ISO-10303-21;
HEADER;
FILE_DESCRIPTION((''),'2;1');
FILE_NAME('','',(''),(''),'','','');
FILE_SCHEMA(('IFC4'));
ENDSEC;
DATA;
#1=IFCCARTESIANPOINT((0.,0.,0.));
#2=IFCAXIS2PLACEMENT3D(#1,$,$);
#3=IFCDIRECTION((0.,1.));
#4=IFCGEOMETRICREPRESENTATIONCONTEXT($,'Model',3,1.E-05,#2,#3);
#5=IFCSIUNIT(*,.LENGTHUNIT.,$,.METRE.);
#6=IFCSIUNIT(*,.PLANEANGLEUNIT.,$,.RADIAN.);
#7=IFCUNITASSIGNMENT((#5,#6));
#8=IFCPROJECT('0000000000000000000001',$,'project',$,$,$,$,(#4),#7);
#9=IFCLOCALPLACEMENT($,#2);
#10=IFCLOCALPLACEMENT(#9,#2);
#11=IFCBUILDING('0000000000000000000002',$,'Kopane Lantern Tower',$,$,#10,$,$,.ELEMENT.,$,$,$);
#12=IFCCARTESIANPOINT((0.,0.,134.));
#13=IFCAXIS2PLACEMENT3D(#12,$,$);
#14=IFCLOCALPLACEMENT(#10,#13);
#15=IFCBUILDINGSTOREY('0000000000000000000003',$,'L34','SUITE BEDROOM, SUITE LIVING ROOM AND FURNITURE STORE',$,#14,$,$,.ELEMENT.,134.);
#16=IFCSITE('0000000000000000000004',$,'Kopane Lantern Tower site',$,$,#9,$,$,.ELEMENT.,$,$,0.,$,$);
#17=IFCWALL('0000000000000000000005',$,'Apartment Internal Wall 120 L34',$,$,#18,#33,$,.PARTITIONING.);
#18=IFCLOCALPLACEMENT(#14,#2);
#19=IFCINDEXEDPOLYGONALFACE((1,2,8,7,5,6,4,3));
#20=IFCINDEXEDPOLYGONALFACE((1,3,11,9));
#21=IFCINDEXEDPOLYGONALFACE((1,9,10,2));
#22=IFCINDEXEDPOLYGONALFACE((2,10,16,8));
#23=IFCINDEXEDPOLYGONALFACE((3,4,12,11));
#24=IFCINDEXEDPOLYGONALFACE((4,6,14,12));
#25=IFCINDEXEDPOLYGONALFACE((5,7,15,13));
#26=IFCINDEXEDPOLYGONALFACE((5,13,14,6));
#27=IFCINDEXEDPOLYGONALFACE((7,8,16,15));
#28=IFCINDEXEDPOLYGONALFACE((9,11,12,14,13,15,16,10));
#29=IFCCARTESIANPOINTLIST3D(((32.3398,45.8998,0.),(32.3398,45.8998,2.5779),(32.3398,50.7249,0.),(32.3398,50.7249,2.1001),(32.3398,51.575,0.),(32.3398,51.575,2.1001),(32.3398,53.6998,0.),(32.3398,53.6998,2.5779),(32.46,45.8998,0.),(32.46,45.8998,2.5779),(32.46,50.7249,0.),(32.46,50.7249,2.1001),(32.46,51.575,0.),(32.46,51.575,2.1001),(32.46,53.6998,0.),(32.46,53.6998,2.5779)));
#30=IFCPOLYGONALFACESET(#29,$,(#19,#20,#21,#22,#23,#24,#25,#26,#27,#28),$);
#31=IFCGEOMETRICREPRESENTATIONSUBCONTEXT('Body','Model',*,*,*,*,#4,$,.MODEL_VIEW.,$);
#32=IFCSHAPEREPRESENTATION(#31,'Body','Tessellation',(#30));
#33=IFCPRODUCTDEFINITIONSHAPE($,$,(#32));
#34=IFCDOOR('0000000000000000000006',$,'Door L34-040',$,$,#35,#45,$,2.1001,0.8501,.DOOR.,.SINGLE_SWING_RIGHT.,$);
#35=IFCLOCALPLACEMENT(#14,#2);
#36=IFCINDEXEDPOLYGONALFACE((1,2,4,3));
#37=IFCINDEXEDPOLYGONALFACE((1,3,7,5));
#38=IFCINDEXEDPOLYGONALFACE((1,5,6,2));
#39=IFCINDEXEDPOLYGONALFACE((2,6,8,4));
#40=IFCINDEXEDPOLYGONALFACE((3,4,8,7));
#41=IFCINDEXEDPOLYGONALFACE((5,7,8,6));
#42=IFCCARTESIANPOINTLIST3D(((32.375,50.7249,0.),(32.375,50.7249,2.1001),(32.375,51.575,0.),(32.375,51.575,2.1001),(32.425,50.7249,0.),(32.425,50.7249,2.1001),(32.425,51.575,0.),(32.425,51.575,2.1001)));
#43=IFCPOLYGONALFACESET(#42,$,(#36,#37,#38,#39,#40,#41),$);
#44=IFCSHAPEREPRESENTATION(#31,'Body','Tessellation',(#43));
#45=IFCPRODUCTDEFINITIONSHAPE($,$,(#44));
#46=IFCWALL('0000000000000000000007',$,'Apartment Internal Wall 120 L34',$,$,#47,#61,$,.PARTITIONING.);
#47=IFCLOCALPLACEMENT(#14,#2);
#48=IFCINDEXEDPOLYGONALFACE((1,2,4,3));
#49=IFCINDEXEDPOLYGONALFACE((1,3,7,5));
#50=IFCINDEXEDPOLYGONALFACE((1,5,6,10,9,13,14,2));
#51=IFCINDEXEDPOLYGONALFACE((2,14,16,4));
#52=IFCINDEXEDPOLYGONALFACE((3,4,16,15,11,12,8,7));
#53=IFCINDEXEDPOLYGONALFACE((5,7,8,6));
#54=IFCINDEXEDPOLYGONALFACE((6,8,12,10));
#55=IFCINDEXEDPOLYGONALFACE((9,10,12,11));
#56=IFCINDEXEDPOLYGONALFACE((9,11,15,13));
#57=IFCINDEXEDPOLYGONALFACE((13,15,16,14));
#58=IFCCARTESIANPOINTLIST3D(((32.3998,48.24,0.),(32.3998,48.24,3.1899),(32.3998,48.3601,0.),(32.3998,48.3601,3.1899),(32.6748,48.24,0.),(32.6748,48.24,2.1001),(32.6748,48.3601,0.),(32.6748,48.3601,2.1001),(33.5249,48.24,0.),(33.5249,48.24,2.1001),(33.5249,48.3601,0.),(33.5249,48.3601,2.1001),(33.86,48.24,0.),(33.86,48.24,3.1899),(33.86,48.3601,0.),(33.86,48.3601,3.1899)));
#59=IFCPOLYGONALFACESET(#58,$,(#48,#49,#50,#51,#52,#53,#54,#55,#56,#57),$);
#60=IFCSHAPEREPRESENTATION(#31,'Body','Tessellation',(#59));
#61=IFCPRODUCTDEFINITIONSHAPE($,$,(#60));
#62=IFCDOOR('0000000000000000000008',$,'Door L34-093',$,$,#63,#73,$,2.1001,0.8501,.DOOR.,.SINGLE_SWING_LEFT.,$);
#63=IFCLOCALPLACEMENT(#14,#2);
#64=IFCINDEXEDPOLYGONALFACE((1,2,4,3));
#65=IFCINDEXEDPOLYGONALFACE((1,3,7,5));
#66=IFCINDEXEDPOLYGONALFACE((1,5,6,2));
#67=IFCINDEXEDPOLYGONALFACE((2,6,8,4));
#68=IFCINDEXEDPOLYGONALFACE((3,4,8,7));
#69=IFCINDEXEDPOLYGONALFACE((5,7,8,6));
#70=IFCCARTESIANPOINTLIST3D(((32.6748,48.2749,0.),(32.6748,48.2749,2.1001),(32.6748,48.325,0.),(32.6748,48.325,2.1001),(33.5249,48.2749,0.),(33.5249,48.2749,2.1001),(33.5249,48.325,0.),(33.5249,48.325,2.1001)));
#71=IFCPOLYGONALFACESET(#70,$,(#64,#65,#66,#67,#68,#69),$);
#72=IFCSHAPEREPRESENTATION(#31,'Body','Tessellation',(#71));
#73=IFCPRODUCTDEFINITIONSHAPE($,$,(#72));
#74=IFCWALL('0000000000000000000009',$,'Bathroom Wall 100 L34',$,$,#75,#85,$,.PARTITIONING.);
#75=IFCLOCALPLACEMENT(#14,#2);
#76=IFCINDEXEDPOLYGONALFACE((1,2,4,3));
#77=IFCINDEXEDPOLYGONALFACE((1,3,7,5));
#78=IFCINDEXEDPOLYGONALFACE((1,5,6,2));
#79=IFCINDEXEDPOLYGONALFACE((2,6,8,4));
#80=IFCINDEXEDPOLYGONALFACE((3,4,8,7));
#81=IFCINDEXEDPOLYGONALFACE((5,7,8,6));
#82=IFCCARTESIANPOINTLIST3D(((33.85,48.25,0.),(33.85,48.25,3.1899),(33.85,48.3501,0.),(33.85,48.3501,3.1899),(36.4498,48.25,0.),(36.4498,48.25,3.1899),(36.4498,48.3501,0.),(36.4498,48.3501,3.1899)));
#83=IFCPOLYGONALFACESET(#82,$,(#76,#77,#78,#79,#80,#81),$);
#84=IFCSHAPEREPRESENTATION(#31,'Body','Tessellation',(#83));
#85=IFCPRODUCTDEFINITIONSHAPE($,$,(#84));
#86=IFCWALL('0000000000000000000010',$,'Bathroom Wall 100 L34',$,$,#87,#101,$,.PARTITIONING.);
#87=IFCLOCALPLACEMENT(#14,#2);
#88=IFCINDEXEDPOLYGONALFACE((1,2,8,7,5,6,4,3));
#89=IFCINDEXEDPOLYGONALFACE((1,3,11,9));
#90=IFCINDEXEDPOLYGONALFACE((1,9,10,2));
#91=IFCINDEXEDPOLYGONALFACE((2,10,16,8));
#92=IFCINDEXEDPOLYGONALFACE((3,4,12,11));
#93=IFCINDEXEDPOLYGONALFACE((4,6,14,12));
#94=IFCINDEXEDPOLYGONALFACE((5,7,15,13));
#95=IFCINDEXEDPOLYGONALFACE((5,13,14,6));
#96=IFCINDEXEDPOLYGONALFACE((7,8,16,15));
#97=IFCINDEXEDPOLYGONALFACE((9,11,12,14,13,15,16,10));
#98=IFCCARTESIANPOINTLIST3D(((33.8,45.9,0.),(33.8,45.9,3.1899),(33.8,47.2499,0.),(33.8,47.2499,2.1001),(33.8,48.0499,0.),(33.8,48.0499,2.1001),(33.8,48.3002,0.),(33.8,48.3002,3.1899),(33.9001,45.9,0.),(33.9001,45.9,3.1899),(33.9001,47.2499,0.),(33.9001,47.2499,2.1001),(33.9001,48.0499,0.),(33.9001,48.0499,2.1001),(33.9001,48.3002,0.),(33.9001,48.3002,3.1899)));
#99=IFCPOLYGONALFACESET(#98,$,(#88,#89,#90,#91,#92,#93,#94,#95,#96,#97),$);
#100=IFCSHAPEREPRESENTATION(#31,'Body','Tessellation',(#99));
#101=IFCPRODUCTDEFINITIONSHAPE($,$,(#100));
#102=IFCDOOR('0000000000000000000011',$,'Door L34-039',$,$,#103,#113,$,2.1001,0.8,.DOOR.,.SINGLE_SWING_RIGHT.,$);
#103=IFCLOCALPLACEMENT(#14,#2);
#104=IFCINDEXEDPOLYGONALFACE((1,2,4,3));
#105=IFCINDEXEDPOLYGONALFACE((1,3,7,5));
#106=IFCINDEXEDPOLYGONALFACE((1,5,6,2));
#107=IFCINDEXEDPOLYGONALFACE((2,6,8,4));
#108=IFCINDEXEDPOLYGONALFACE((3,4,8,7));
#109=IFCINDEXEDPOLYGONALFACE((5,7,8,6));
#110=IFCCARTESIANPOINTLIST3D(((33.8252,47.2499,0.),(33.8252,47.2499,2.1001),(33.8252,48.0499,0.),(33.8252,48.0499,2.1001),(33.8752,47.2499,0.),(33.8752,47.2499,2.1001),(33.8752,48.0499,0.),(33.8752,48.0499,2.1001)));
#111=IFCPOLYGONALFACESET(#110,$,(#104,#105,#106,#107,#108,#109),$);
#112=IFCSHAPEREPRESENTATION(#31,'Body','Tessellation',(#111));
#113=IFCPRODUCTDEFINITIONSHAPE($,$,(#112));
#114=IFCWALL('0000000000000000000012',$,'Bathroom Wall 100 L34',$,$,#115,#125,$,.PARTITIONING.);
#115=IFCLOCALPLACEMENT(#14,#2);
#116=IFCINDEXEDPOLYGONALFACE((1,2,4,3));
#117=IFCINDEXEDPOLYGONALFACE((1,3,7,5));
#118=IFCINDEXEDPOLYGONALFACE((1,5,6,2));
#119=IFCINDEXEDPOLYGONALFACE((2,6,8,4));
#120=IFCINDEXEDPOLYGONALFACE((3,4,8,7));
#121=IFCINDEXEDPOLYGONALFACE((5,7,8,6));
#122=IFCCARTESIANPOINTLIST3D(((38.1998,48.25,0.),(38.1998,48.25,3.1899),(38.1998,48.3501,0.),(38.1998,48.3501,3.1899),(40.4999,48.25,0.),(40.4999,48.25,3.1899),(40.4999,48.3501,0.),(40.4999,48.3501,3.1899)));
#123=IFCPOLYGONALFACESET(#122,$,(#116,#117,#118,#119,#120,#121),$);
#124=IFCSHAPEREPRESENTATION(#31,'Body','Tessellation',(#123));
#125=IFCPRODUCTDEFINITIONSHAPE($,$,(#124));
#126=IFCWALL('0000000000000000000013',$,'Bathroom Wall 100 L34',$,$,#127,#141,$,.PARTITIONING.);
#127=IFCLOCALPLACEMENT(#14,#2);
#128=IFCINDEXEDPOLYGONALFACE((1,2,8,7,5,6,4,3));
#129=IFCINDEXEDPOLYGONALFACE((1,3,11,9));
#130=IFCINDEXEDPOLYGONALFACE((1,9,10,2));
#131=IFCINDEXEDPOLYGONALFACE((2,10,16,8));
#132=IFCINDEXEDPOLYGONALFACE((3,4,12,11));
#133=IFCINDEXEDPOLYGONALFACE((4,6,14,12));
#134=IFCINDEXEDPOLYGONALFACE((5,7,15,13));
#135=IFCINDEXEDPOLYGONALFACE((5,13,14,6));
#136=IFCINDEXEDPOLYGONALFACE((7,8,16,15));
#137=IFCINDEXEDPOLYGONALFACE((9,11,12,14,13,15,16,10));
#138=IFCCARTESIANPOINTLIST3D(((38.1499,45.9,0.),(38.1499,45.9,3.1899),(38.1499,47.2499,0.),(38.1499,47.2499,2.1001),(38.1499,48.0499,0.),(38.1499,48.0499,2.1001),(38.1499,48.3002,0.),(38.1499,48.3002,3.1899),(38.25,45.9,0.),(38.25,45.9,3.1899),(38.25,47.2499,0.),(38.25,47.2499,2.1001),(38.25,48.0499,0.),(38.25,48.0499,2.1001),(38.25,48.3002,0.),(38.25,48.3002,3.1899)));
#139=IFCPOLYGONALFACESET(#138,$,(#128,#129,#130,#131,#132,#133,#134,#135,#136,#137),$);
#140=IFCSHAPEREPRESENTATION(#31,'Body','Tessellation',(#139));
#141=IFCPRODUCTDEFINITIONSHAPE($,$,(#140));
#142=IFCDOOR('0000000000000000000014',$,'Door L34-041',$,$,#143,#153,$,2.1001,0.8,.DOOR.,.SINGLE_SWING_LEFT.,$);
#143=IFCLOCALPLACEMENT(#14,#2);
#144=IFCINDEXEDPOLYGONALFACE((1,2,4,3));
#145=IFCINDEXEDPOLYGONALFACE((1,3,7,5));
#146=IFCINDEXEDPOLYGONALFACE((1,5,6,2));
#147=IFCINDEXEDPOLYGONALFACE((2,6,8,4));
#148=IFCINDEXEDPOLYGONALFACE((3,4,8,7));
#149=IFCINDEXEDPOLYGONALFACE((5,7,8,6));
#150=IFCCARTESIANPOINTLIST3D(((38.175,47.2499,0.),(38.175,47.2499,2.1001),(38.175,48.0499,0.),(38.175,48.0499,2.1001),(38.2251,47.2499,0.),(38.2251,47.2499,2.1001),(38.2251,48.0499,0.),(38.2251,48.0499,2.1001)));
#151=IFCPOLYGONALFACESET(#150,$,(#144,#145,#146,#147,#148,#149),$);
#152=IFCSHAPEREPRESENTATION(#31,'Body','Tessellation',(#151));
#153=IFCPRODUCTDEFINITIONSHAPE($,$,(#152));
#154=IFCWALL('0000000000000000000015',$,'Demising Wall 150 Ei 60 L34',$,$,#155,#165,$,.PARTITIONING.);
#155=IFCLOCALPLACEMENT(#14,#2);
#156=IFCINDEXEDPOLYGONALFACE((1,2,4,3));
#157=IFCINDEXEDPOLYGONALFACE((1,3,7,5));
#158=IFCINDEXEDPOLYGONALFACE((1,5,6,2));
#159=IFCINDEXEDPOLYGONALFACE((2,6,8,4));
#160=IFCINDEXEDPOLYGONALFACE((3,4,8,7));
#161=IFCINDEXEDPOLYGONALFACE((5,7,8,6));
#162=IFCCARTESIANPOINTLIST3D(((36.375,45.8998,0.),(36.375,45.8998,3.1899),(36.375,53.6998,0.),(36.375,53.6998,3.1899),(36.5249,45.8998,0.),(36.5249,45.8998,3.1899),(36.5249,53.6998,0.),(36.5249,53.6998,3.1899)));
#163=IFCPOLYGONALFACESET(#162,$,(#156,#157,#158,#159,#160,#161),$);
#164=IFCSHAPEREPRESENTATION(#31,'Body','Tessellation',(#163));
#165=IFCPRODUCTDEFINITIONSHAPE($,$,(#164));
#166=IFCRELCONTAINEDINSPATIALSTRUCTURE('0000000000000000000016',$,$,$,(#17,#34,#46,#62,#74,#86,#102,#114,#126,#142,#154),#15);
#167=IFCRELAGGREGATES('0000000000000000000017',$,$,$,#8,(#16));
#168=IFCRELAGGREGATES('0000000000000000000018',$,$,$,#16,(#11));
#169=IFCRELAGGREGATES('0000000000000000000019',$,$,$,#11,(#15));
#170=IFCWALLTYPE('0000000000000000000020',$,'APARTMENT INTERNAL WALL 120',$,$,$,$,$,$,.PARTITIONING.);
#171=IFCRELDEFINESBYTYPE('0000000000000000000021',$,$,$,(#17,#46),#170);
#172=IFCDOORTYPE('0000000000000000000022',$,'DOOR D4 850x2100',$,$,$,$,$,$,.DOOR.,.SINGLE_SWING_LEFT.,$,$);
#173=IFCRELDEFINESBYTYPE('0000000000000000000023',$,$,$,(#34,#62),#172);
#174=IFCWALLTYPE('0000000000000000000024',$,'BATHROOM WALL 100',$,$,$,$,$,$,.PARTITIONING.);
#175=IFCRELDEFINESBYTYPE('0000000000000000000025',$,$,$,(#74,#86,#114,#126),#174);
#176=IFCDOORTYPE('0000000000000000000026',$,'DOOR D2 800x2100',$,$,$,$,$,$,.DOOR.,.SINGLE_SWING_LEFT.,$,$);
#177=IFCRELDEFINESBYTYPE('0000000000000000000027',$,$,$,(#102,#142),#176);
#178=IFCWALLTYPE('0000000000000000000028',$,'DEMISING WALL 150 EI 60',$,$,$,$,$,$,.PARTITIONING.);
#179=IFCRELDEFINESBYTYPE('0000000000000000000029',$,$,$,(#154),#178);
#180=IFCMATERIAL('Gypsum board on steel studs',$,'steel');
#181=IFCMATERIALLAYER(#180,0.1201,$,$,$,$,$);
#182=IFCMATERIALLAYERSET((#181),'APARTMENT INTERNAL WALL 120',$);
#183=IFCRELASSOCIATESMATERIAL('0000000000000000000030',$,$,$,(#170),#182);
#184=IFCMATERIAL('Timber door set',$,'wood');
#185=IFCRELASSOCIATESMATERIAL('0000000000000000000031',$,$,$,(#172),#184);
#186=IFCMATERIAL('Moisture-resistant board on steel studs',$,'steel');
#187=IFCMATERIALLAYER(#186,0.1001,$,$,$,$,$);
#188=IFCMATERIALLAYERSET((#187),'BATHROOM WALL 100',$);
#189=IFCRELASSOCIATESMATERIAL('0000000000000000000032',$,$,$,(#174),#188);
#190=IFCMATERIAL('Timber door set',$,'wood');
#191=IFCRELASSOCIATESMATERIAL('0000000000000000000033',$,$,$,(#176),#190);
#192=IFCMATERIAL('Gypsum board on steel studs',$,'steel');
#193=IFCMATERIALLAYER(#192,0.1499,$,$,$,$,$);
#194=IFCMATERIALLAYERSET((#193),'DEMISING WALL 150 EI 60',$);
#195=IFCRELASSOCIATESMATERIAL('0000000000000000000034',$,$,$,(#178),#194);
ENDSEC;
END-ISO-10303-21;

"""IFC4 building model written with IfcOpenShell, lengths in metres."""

from ifc_helpers import new_model, si_unit, direction, frame, frame_2d, origin, place, context, subcontext, project, spatial, rectangle, extrude, material, layer, layer_set, type_object, element, fill, save


model = new_model("IFC4")

# Units and contexts
model_context = context("Model", 3, precision=1e-05, world=origin(), true_north=direction((0.0, 1.0)))
body_context = subcontext(model_context, "Body", "Model", "MODEL_VIEW")
ifc_project = project(units=[si_unit("LENGTHUNIT", "METRE"), si_unit("PLANEANGLEUNIT", "RADIAN")], contexts=[model_context])

# Site, building, storey
site_placement = place(None, origin())
site = spatial("IfcSite", under=ifc_project, at=site_placement, Name="Kopane Lantern Tower site", CompositionType="ELEMENT", RefElevation=0.0)
building_placement = place(site_placement, origin())
building = spatial("IfcBuilding", under=site, at=building_placement, Name="Kopane Lantern Tower", CompositionType="ELEMENT")
storey_placement = place(building_placement, frame((0.0, 0.0, 134.0)))
storey = spatial("IfcBuildingStorey", under=building, at=storey_placement, Name="L34", Description="SUITE BEDROOM, SUITE LIVING ROOM AND FURNITURE STORE", CompositionType="ELEMENT", Elevation=134.0)

# Walls, openings, doors
ifc_material_1 = material(Name="Gypsum board on steel studs", Category="steel")
ifc_layer_1 = layer(ifc_material_1, 0.1201)
ifc_layer_set_1 = layer_set([ifc_layer_1], Name="APARTMENT INTERNAL WALL 120")
wall_type_1 = type_object("IfcWallType", Name="APARTMENT INTERNAL WALL 120", PredefinedType="PARTITIONING", material=ifc_layer_set_1)
wall_1_placement = place(storey_placement, frame((32.3999, 45.8999, 0.0), z_axis=(0.0, 0.0, 1.0), x_axis=(0.0, 1.0, 0.0)))
wall_1 = element("IfcWall", 1, at=wall_1_placement, inside=storey, type_object=wall_type_1, Name="Apartment Internal Wall 120 L34", PredefinedType="PARTITIONING", context=body_context, shape_type="SweptSolid", body=[
    extrude(rectangle(XDim=7.8, YDim=0.1201, at=frame_2d((3.8999, 0.0))), origin(), (0.0, 0.0, 1.0), 2.5779),
])
opening_1_placement = place(wall_1_placement, frame((4.825, 0.0, 0.0)))
opening_1 = element("IfcOpeningElement", 2, at=opening_1_placement, cuts=wall_1, PredefinedType="OPENING", context=body_context, shape_type="SweptSolid", body=[
    extrude(rectangle(XDim=0.8501, YDim=2.1001, at=frame_2d((0.425, 1.05))), frame((0.0, 0.0701, 0.0), z_axis=(0.0, -1.0, 0.0), x_axis=(1.0, 0.0, 0.0)), (0.0, 0.0, 1.0), 0.1401),
])
ifc_material_2 = material(Name="Timber door set", Category="wood")
door_type_1 = type_object("IfcDoorType", Name="DOOR D4 850x2100", OperationType="SINGLE_SWING_LEFT", PredefinedType="DOOR", material=ifc_material_2)
door_1_placement = place(opening_1_placement, origin())
door_1 = element("IfcDoor", 3, at=door_1_placement, inside=storey, type_object=door_type_1, Name="Door L34-040", OperationType="SINGLE_SWING_RIGHT", OverallHeight=2.1001, OverallWidth=0.8501, PredefinedType="DOOR", context=body_context, shape_type="SweptSolid", body=[
    extrude(rectangle(XDim=0.8501, YDim=2.1001, at=frame_2d((0.425, 1.05))), frame((0.0, 0.0249, 0.0), z_axis=(0.0, -1.0, 0.0), x_axis=(1.0, 0.0, 0.0)), (0.0, 0.0, 1.0), 0.05),
])
fill(opening_1, door_1)
wall_2_placement = place(storey_placement, frame((32.3999, 48.3, 0.0), z_axis=(0.0, 0.0, 1.0), x_axis=(1.0, 0.0, 0.0)))
wall_2 = element("IfcWall", 4, at=wall_2_placement, inside=storey, type_object=wall_type_1, Name="Apartment Internal Wall 120 L34", PredefinedType="PARTITIONING", context=body_context, shape_type="SweptSolid", body=[
    extrude(rectangle(XDim=1.4602, YDim=0.1201, at=frame_2d((0.73, 0.0))), origin(), (0.0, 0.0, 1.0), 3.1899),
])
opening_2_placement = place(wall_2_placement, frame((0.2749, 0.0, 0.0)))
opening_2 = element("IfcOpeningElement", 5, at=opening_2_placement, cuts=wall_2, PredefinedType="OPENING", context=body_context, shape_type="SweptSolid", body=[
    extrude(rectangle(XDim=0.8501, YDim=2.1001, at=frame_2d((0.425, 1.05))), frame((0.0, 0.0701, 0.0), z_axis=(0.0, -1.0, 0.0), x_axis=(1.0, 0.0, 0.0)), (0.0, 0.0, 1.0), 0.1401),
])
door_2_placement = place(opening_2_placement, origin())
door_2 = element("IfcDoor", 6, at=door_2_placement, inside=storey, type_object=door_type_1, Name="Door L34-093", OperationType="SINGLE_SWING_LEFT", OverallHeight=2.1001, OverallWidth=0.8501, PredefinedType="DOOR", context=body_context, shape_type="SweptSolid", body=[
    extrude(rectangle(XDim=0.8501, YDim=2.1001, at=frame_2d((0.425, 1.05))), frame((0.0, 0.0249, 0.0), z_axis=(0.0, -1.0, 0.0), x_axis=(1.0, 0.0, 0.0)), (0.0, 0.0, 1.0), 0.05),
])
fill(opening_2, door_2)

# Wall
ifc_material_3 = material(Name="Moisture-resistant board on steel studs", Category="steel")
ifc_layer_2 = layer(ifc_material_3, 0.1001)
ifc_layer_set_2 = layer_set([ifc_layer_2], Name="BATHROOM WALL 100")
wall_type_2 = type_object("IfcWallType", Name="BATHROOM WALL 100", PredefinedType="PARTITIONING", material=ifc_layer_set_2)
wall_3_placement = place(storey_placement, frame((33.8501, 48.3, 0.0), z_axis=(0.0, 0.0, 1.0), x_axis=(1.0, 0.0, 0.0)))
element("IfcWall", 7, at=wall_3_placement, inside=storey, type_object=wall_type_2, Name="Bathroom Wall 100 L34", PredefinedType="PARTITIONING", context=body_context, shape_type="SweptSolid", body=[
    extrude(rectangle(XDim=2.5999, YDim=0.1001, at=frame_2d((1.2998, 0.0))), origin(), (0.0, 0.0, 1.0), 3.1899),
])

# Wall, opening, door
wall_4_placement = place(storey_placement, frame((33.8501, 45.8999, 0.0), z_axis=(0.0, 0.0, 1.0), x_axis=(0.0, 1.0, 0.0)))
wall_4 = element("IfcWall", 8, at=wall_4_placement, inside=storey, type_object=wall_type_2, Name="Bathroom Wall 100 L34", PredefinedType="PARTITIONING", context=body_context, shape_type="SweptSolid", body=[
    extrude(rectangle(XDim=2.4001, YDim=0.1001, at=frame_2d((1.2002, 0.0))), origin(), (0.0, 0.0, 1.0), 3.1899),
])
opening_3_placement = place(wall_4_placement, frame((1.3501, 0.0, 0.0)))
opening_3 = element("IfcOpeningElement", 9, at=opening_3_placement, cuts=wall_4, PredefinedType="OPENING", context=body_context, shape_type="SweptSolid", body=[
    extrude(rectangle(XDim=0.8, YDim=2.1001, at=frame_2d((0.3999, 1.05))), frame((0.0, 0.0601, 0.0), z_axis=(0.0, -1.0, 0.0), x_axis=(1.0, 0.0, 0.0)), (0.0, 0.0, 1.0), 0.1201),
])
ifc_material_4 = material(Name="Timber door set", Category="wood")
door_type_2 = type_object("IfcDoorType", Name="DOOR D2 800x2100", OperationType="SINGLE_SWING_LEFT", PredefinedType="DOOR", material=ifc_material_4)
door_3_placement = place(opening_3_placement, origin())
door_3 = element("IfcDoor", 10, at=door_3_placement, inside=storey, type_object=door_type_2, Name="Door L34-039", OperationType="SINGLE_SWING_RIGHT", OverallHeight=2.1001, OverallWidth=0.8, PredefinedType="DOOR", context=body_context, shape_type="SweptSolid", body=[
    extrude(rectangle(XDim=0.8, YDim=2.1001, at=frame_2d((0.3999, 1.05))), frame((0.0, 0.0249, 0.0), z_axis=(0.0, -1.0, 0.0), x_axis=(1.0, 0.0, 0.0)), (0.0, 0.0, 1.0), 0.05),
])
fill(opening_3, door_3)

# Wall
wall_5_placement = place(storey_placement, frame((38.2, 48.3, 0.0), z_axis=(0.0, 0.0, 1.0), x_axis=(1.0, 0.0, 0.0)))
element("IfcWall", 11, at=wall_5_placement, inside=storey, type_object=wall_type_2, Name="Bathroom Wall 100 L34", PredefinedType="PARTITIONING", context=body_context, shape_type="SweptSolid", body=[
    extrude(rectangle(XDim=2.3, YDim=0.1001, at=frame_2d((1.1499, 0.0))), origin(), (0.0, 0.0, 1.0), 3.1899),
])

# Wall, opening, door
wall_6_placement = place(storey_placement, frame((38.2, 45.8999, 0.0), z_axis=(0.0, 0.0, 1.0), x_axis=(0.0, 1.0, 0.0)))
wall_6 = element("IfcWall", 12, at=wall_6_placement, inside=storey, type_object=wall_type_2, Name="Bathroom Wall 100 L34", PredefinedType="PARTITIONING", context=body_context, shape_type="SweptSolid", body=[
    extrude(rectangle(XDim=2.4001, YDim=0.1001, at=frame_2d((1.2002, 0.0))), origin(), (0.0, 0.0, 1.0), 3.1899),
])
opening_4_placement = place(wall_6_placement, frame((1.3501, 0.0, 0.0)))
opening_4 = element("IfcOpeningElement", 13, at=opening_4_placement, cuts=wall_6, PredefinedType="OPENING", context=body_context, shape_type="SweptSolid", body=[
    extrude(rectangle(XDim=0.8, YDim=2.1001, at=frame_2d((0.3999, 1.05))), frame((0.0, 0.0601, 0.0), z_axis=(0.0, -1.0, 0.0), x_axis=(1.0, 0.0, 0.0)), (0.0, 0.0, 1.0), 0.1201),
])
door_4_placement = place(opening_4_placement, origin())
door_4 = element("IfcDoor", 14, at=door_4_placement, inside=storey, type_object=door_type_2, Name="Door L34-041", OperationType="SINGLE_SWING_LEFT", OverallHeight=2.1001, OverallWidth=0.8, PredefinedType="DOOR", context=body_context, shape_type="SweptSolid", body=[
    extrude(rectangle(XDim=0.8, YDim=2.1001, at=frame_2d((0.3999, 1.05))), frame((0.0, 0.0249, 0.0), z_axis=(0.0, -1.0, 0.0), x_axis=(1.0, 0.0, 0.0)), (0.0, 0.0, 1.0), 0.05),
])
fill(opening_4, door_4)

# Wall
ifc_material_5 = material(Name="Gypsum board on steel studs", Category="steel")
ifc_layer_3 = layer(ifc_material_5, 0.1499)
ifc_layer_set_3 = layer_set([ifc_layer_3], Name="DEMISING WALL 150 EI 60")
wall_type_3 = type_object("IfcWallType", Name="DEMISING WALL 150 EI 60", PredefinedType="PARTITIONING", material=ifc_layer_set_3)
wall_7_placement = place(storey_placement, frame((36.45, 45.8999, 0.0), z_axis=(0.0, 0.0, 1.0), x_axis=(0.0, 1.0, 0.0)))
element("IfcWall", 15, at=wall_7_placement, inside=storey, type_object=wall_type_3, Name="Demising Wall 150 Ei 60 L34", PredefinedType="PARTITIONING", context=body_context, shape_type="SweptSolid", body=[
    extrude(rectangle(XDim=7.8, YDim=0.1499, at=frame_2d((3.8999, 0.0))), origin(), (0.0, 0.0, 1.0), 3.1899),
])

save(model, "model.ifc")
